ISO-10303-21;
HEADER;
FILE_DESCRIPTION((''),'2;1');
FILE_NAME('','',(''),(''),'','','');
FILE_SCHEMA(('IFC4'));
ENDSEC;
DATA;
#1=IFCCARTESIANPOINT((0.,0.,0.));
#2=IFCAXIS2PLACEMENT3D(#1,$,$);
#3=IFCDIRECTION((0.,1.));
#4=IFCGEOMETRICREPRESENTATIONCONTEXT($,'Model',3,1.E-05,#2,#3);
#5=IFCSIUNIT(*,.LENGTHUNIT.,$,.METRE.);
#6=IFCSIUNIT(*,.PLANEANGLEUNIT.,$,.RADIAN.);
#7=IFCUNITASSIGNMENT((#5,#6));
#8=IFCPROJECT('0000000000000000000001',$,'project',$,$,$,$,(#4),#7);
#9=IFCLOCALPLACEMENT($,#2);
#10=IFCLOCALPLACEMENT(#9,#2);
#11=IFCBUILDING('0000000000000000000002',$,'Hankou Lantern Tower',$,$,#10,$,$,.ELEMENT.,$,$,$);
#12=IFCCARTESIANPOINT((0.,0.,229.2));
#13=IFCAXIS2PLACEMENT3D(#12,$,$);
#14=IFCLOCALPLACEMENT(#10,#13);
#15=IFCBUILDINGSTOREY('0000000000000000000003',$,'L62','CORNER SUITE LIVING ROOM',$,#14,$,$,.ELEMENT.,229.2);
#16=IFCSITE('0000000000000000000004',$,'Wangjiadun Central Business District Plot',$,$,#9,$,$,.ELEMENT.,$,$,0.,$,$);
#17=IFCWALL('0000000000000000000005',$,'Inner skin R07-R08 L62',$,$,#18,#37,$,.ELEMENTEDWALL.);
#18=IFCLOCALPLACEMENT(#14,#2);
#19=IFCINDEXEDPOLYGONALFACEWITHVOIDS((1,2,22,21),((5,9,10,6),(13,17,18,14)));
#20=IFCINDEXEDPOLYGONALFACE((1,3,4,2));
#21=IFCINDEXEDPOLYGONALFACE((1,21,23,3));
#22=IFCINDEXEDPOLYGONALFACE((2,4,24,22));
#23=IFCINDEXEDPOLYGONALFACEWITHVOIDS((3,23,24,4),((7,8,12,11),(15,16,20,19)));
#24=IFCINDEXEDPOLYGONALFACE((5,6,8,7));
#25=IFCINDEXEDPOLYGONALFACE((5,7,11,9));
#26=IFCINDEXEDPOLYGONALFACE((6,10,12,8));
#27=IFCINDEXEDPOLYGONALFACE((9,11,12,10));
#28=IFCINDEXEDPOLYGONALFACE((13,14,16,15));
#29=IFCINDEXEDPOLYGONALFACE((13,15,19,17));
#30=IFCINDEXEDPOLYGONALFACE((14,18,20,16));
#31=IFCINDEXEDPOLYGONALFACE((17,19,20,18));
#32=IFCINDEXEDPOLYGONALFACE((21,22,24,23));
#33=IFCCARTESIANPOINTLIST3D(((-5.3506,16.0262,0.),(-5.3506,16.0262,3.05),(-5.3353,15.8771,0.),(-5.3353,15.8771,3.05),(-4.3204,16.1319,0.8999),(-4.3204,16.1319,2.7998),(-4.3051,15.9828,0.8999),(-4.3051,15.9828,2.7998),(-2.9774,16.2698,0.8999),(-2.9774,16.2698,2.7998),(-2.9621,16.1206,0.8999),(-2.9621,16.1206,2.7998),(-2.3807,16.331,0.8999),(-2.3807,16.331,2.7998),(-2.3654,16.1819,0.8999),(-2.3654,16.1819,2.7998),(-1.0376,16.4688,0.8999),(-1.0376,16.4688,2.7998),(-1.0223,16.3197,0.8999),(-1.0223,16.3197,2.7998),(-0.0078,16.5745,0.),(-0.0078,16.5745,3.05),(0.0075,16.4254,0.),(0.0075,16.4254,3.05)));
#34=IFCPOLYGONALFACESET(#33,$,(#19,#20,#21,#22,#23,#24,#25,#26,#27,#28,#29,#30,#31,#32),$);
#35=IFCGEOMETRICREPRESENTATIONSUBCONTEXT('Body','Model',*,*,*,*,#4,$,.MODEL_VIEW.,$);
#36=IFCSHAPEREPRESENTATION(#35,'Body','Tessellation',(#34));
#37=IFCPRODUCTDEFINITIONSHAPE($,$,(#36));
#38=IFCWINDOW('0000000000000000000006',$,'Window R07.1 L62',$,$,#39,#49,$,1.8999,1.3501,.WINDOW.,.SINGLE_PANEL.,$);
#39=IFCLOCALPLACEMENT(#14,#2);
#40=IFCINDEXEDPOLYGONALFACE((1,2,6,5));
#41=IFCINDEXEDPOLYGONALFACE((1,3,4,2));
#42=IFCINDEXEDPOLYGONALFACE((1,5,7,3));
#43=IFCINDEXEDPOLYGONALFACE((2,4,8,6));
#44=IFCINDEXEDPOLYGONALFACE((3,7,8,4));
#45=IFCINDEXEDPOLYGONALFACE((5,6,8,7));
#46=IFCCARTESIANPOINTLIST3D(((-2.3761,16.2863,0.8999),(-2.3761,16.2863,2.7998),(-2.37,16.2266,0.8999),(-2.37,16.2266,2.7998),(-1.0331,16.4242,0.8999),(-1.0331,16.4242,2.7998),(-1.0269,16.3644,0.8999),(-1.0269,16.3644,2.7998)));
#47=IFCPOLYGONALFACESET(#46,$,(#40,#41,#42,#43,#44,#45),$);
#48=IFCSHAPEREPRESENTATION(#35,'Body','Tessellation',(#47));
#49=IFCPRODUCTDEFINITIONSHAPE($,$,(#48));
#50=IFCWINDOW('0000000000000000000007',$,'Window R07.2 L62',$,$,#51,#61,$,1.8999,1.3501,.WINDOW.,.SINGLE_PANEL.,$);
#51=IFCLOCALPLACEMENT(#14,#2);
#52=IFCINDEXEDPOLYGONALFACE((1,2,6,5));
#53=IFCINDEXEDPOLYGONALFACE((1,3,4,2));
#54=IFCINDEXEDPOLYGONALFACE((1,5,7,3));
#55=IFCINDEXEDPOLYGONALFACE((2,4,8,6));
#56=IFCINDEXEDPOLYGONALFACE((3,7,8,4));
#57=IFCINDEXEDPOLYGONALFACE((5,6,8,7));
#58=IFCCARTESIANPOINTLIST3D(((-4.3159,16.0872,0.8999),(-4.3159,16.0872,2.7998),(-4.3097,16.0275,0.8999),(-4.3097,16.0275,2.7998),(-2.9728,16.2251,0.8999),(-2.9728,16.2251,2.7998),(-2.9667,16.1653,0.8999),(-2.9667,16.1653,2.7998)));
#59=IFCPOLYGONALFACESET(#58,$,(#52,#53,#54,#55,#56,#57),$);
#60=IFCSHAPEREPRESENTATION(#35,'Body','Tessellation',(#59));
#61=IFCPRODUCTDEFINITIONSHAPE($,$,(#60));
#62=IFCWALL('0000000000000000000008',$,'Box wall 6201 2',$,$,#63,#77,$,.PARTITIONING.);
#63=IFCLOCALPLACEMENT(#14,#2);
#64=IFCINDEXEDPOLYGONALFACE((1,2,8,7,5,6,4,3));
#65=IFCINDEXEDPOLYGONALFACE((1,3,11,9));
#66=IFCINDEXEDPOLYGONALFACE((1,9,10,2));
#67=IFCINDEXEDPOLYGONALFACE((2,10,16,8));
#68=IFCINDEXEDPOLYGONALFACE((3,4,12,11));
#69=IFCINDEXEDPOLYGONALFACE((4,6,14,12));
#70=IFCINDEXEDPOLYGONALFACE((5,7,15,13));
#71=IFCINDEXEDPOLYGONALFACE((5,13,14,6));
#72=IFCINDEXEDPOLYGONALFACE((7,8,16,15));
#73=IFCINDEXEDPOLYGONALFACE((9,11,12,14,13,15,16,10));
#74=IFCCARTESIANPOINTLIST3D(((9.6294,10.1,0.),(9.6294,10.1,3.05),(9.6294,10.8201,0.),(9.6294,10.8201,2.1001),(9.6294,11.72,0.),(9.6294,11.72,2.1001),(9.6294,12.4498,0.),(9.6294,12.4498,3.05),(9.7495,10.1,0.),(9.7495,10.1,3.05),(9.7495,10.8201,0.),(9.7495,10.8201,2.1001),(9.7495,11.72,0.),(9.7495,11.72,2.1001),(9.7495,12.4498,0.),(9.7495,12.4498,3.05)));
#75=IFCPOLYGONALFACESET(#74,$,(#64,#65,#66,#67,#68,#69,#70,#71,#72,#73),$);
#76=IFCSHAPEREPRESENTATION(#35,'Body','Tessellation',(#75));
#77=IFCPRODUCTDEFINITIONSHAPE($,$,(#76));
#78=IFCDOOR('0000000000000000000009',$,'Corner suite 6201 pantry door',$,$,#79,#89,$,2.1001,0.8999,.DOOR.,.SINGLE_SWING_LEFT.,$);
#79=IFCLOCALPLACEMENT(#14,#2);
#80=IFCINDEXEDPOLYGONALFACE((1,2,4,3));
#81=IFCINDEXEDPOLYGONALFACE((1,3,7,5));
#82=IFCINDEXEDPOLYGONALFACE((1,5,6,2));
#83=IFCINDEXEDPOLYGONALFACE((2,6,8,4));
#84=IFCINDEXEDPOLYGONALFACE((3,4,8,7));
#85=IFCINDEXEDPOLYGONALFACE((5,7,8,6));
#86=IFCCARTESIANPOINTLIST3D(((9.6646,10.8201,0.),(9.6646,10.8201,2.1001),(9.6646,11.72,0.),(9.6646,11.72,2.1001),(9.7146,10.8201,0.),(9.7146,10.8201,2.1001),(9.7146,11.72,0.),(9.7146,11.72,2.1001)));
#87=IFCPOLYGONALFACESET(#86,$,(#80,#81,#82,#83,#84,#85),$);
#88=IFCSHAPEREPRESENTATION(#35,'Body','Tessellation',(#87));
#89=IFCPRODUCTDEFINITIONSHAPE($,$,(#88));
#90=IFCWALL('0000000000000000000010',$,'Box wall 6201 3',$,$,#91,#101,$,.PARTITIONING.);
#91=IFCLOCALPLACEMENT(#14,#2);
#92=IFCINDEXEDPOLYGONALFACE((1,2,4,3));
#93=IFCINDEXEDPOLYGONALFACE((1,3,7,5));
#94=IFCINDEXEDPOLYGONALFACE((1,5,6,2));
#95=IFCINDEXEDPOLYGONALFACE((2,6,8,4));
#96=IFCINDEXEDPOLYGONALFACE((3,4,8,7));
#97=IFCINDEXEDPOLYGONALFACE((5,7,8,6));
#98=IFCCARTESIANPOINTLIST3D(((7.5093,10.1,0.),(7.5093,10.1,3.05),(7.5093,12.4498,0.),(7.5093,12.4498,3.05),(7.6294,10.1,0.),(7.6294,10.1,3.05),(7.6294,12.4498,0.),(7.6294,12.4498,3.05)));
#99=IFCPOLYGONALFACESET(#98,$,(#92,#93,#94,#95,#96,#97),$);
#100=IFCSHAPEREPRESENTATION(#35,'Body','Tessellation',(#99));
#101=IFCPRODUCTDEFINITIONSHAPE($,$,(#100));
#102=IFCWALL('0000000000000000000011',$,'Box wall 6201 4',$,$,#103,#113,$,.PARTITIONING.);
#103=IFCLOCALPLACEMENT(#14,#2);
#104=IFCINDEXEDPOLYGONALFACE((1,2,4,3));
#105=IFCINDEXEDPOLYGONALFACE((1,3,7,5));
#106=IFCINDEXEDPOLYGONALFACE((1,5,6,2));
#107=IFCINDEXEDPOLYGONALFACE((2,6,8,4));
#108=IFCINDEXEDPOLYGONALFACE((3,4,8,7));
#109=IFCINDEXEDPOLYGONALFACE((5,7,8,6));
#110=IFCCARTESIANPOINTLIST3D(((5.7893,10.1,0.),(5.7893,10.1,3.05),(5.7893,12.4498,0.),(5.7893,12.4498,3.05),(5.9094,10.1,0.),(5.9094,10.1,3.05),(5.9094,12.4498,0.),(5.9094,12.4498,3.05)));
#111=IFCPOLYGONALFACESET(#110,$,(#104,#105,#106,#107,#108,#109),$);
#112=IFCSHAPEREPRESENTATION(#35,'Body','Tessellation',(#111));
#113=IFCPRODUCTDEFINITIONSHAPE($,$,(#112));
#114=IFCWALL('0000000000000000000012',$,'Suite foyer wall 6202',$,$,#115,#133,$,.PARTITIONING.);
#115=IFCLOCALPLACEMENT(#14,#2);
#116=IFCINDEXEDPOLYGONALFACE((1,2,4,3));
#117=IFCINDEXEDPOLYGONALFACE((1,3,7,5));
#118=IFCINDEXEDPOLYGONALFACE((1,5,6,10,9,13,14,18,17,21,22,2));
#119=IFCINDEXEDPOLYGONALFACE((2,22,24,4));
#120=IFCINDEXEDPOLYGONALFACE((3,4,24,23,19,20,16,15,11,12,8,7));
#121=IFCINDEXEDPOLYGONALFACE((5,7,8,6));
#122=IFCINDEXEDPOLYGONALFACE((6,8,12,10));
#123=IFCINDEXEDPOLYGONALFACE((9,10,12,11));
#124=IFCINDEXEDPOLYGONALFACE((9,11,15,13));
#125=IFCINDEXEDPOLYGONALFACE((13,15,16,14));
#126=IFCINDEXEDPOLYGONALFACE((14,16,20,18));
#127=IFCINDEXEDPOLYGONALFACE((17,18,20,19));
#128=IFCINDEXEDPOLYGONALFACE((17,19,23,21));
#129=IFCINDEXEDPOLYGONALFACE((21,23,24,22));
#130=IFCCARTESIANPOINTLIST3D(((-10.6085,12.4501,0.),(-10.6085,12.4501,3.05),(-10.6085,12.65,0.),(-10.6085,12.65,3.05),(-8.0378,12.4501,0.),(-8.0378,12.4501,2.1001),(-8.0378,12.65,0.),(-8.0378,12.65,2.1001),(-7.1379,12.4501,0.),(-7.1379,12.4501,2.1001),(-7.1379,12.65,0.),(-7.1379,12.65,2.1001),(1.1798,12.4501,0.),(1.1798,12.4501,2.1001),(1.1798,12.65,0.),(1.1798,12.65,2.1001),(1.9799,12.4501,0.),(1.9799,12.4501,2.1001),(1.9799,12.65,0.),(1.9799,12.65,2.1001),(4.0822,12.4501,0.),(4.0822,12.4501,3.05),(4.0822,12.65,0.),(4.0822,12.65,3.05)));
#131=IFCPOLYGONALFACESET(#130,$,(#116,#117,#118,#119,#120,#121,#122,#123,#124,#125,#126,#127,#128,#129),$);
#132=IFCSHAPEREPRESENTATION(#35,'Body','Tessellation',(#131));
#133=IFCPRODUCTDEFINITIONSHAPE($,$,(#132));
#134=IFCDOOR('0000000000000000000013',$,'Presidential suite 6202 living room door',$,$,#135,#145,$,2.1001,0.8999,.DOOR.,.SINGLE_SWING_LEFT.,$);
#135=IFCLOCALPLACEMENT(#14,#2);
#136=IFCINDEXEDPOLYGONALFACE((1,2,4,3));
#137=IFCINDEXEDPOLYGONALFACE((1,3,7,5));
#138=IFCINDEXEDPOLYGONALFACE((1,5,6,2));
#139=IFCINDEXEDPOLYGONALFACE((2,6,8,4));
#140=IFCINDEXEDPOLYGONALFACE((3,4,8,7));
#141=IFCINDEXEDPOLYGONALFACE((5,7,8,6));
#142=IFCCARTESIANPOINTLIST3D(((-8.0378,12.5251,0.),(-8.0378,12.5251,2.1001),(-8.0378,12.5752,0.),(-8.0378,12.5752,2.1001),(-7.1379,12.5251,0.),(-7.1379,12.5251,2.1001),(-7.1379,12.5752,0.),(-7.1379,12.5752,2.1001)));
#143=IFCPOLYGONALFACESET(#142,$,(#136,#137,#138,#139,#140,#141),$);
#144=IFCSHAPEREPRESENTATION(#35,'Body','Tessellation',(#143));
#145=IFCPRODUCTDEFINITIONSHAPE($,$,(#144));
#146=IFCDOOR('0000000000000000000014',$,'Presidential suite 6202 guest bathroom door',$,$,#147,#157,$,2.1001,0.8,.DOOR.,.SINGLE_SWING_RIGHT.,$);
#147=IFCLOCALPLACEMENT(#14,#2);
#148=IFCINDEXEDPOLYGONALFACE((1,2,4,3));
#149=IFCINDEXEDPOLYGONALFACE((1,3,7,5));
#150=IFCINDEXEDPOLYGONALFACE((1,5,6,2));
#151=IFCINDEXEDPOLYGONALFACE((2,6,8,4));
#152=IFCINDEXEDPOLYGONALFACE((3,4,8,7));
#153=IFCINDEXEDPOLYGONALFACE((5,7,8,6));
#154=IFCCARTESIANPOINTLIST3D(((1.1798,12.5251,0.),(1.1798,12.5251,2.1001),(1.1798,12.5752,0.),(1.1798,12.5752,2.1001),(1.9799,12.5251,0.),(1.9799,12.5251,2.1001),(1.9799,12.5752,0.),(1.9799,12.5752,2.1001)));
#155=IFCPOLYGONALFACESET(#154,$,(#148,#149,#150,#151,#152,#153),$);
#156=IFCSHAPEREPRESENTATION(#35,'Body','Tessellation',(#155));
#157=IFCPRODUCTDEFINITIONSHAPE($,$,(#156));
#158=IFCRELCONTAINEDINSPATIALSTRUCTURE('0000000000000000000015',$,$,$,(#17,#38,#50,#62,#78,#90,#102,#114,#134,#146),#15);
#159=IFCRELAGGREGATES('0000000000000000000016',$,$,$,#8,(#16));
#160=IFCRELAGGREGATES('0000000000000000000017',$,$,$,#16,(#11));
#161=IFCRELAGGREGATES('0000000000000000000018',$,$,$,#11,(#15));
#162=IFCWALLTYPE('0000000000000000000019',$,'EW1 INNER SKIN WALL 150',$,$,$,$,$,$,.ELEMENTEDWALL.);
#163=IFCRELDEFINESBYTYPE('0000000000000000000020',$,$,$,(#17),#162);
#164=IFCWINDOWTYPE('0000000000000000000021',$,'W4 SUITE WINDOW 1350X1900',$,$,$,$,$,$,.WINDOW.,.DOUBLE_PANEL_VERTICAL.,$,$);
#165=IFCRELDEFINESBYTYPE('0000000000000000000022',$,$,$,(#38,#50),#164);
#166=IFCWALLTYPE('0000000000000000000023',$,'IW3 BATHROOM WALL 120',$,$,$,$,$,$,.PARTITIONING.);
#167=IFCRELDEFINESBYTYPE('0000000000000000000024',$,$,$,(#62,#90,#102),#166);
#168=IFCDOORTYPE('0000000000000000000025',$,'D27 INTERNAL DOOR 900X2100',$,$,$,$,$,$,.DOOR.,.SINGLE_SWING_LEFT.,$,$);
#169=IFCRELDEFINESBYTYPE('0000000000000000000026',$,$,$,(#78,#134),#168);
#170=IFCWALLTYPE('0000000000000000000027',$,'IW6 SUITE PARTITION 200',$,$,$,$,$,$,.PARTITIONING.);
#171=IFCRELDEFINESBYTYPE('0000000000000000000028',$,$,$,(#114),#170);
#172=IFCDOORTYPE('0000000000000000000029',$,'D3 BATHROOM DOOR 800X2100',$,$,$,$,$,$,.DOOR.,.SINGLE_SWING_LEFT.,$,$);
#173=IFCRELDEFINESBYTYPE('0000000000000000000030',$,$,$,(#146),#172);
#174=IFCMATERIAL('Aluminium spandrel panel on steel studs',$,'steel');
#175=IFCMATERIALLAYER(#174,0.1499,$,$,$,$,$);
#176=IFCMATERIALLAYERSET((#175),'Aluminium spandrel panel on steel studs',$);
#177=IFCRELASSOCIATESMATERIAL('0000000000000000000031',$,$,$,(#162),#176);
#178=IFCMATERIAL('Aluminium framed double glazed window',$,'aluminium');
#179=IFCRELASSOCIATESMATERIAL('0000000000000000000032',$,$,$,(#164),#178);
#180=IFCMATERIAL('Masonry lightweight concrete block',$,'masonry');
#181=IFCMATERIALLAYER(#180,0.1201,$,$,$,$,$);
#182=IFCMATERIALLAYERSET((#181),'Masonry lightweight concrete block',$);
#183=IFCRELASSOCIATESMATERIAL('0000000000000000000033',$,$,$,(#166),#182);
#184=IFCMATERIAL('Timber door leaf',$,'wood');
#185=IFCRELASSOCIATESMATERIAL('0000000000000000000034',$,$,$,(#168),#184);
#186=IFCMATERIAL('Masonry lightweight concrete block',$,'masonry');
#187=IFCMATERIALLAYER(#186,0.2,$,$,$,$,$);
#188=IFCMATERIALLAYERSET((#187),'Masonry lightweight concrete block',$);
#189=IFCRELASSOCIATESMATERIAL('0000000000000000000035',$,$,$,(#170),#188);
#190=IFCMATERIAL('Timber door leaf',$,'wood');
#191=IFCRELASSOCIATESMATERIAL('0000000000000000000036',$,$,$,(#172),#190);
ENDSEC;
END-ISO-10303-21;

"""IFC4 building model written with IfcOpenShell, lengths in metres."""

from ifc_helpers import new_model, si_unit, direction, frame, frame_2d, origin, place, context, subcontext, project, spatial, rectangle, extrude, material, layer, layer_set, type_object, element, fill, save


model = new_model("IFC4")

# Units and contexts
model_context = context("Model", 3, precision=1e-05, world=origin(), true_north=direction((0.0, 1.0)))
body_context = subcontext(model_context, "Body", "Model", "MODEL_VIEW")
ifc_project = project(units=[si_unit("LENGTHUNIT", "METRE"), si_unit("PLANEANGLEUNIT", "RADIAN")], contexts=[model_context])

# Site, building, storey
site_placement = place(None, origin())
site = spatial("IfcSite", under=ifc_project, at=site_placement, Name="Wangjiadun Central Business District Plot", CompositionType="ELEMENT", RefElevation=0.0)
building_placement = place(site_placement, origin())
building = spatial("IfcBuilding", under=site, at=building_placement, Name="Hankou Lantern Tower", CompositionType="ELEMENT")
storey_placement = place(building_placement, frame((0.0, 0.0, 229.2)))
storey = spatial("IfcBuildingStorey", under=building, at=storey_placement, Name="L62", Description="CORNER SUITE LIVING ROOM", CompositionType="ELEMENT", Elevation=229.2)

# Wall, openings, windows
ifc_material_1 = material(Name="Aluminium spandrel panel on steel studs", Category="steel")
ifc_layer_1 = layer(ifc_material_1, 0.1499)
ifc_layer_set_1 = layer_set([ifc_layer_1], Name="Aluminium spandrel panel on steel studs")
wall_type_1 = type_object("IfcWallType", Name="EW1 INNER SKIN WALL 150", PredefinedType="ELEMENTEDWALL", material=ifc_layer_set_1)
ifc_material_2 = material(Name="Aluminium framed double glazed window", Category="aluminium")
window_type = type_object("IfcWindowType", Name="W4 SUITE WINDOW 1350X1900", PartitioningType="DOUBLE_PANEL_VERTICAL", PredefinedType="WINDOW", material=ifc_material_2)
wall_1_placement = place(storey_placement, frame((0.0, 16.5, 0.0), z_axis=(0.0, 0.0, 1.0), x_axis=(-0.994775, -0.102096, 0.0)))
wall_1 = element("IfcWall", 1, at=wall_1_placement, inside=storey, type_object=wall_type_1, Name="Inner skin R07-R08 L62", PredefinedType="ELEMENTEDWALL", context=body_context, shape_type="SweptSolid", body=[
    extrude(rectangle(XDim=5.3708, YDim=0.1499, at=frame_2d((2.6855, 0.0))), origin(), (0.0, 0.0, 1.0), 3.05),
])
opening_1_placement = place(wall_1_placement, frame((1.0354, 0.0, 0.8999)))
opening_1 = element("IfcOpeningElement", 2, at=opening_1_placement, cuts=wall_1, PredefinedType="OPENING", context=body_context, shape_type="SweptSolid", body=[
    extrude(rectangle(XDim=1.3501, YDim=1.8999, at=frame_2d((0.675, 0.95))), frame((0.0, 0.085, 0.0), z_axis=(0.0, -1.0, 0.0), x_axis=(1.0, 0.0, 0.0)), (0.0, 0.0, 1.0), 0.1699),
])
opening_2_placement = place(wall_1_placement, frame((2.9854, 0.0, 0.8999)))
opening_2 = element("IfcOpeningElement", 3, at=opening_2_placement, cuts=wall_1, PredefinedType="OPENING", context=body_context, shape_type="SweptSolid", body=[
    extrude(rectangle(XDim=1.3501, YDim=1.8999, at=frame_2d((0.675, 0.95))), frame((0.0, 0.085, 0.0), z_axis=(0.0, -1.0, 0.0), x_axis=(1.0, 0.0, 0.0)), (0.0, 0.0, 1.0), 0.1699),
])
window_1_placement = place(opening_1_placement, origin())
window_1 = element("IfcWindow", 4, at=window_1_placement, inside=storey, type_object=window_type, Name="Window R07.1 L62", OverallHeight=1.8999, OverallWidth=1.3501, PartitioningType="SINGLE_PANEL", PredefinedType="WINDOW", context=body_context, shape_type="SweptSolid", body=[
    extrude(rectangle(XDim=1.3501, YDim=1.8999, at=frame_2d((0.675, 0.95))), frame((0.0, 0.03, 0.0), z_axis=(0.0, -1.0, 0.0), x_axis=(1.0, 0.0, 0.0)), (0.0, 0.0, 1.0), 0.0601),
])
fill(opening_1, window_1)
window_2_placement = place(opening_2_placement, origin())
window_2 = element("IfcWindow", 5, at=window_2_placement, inside=storey, type_object=window_type, Name="Window R07.2 L62", OverallHeight=1.8999, OverallWidth=1.3501, PartitioningType="SINGLE_PANEL", PredefinedType="WINDOW", context=body_context, shape_type="SweptSolid", body=[
    extrude(rectangle(XDim=1.3501, YDim=1.8999, at=frame_2d((0.675, 0.95))), frame((0.0, 0.03, 0.0), z_axis=(0.0, -1.0, 0.0), x_axis=(1.0, 0.0, 0.0)), (0.0, 0.0, 1.0), 0.0601),
])
fill(opening_2, window_2)

# Wall, opening, door
ifc_material_3 = material(Name="Masonry lightweight concrete block", Category="masonry")
ifc_layer_2 = layer(ifc_material_3, 0.1201)
ifc_layer_set_2 = layer_set([ifc_layer_2], Name="Masonry lightweight concrete block")
wall_type_2 = type_object("IfcWallType", Name="IW3 BATHROOM WALL 120", PredefinedType="PARTITIONING", material=ifc_layer_set_2)
wall_2_placement = place(storey_placement, frame((9.6895, 10.1001, 0.0), z_axis=(0.0, 0.0, 1.0), x_axis=(0.0, 1.0, 0.0)))
wall_2 = element("IfcWall", 6, at=wall_2_placement, inside=storey, type_object=wall_type_2, Name="Box wall 6201 2", PredefinedType="PARTITIONING", context=body_context, shape_type="SweptSolid", body=[
    extrude(rectangle(XDim=2.3499, YDim=0.1201, at=frame_2d((1.1748, 0.0))), origin(), (0.0, 0.0, 1.0), 3.05),
])
opening_3_placement = place(wall_2_placement, frame((0.72, 0.0, 0.0)))
opening_3 = element("IfcOpeningElement", 7, at=opening_3_placement, cuts=wall_2, PredefinedType="OPENING", context=body_context, shape_type="SweptSolid", body=[
    extrude(rectangle(XDim=0.8999, YDim=2.1001, at=frame_2d((0.45, 1.05))), frame((0.0, 0.0701, 0.0), z_axis=(0.0, -1.0, 0.0), x_axis=(1.0, 0.0, 0.0)), (0.0, 0.0, 1.0), 0.1401),
])
ifc_material_4 = material(Name="Timber door leaf", Category="wood")
door_type_1 = type_object("IfcDoorType", Name="D27 INTERNAL DOOR 900X2100", OperationType="SINGLE_SWING_LEFT", PredefinedType="DOOR", material=ifc_material_4)
door_1_placement = place(opening_3_placement, origin())
door_1 = element("IfcDoor", 8, at=door_1_placement, inside=storey, type_object=door_type_1, Name="Corner suite 6201 pantry door", OperationType="SINGLE_SWING_LEFT", OverallHeight=2.1001, OverallWidth=0.8999, PredefinedType="DOOR", context=body_context, shape_type="SweptSolid", body=[
    extrude(rectangle(XDim=0.8999, YDim=2.1001, at=frame_2d((0.45, 1.05))), frame((0.0, 0.0249, 0.0), z_axis=(0.0, -1.0, 0.0), x_axis=(1.0, 0.0, 0.0)), (0.0, 0.0, 1.0), 0.05),
])
fill(opening_3, door_1)

# Walls
for number, where, z_axis, x_axis, name in (
    (9, (7.5693, 10.1001, 0.0), (0.0, 0.0, 1.0), (0.0, 1.0, 0.0), "Box wall 6201 3"),
    (10, (5.8494, 10.1001, 0.0), (0.0, 0.0, 1.0), (0.0, 1.0, 0.0), "Box wall 6201 4"),
):
    element("IfcWall", number, at=place(storey_placement, frame(where, z_axis=z_axis, x_axis=x_axis)), inside=storey, type_object=wall_type_2, Name=name, PredefinedType="PARTITIONING", context=body_context, shape_type="SweptSolid", body=[
        extrude(rectangle(XDim=2.3499, YDim=0.1201, at=frame_2d((1.1748, 0.0))), origin(), (0.0, 0.0, 1.0), 3.05),
    ])

# Wall, openings, doors
ifc_material_5 = material(Name="Masonry lightweight concrete block", Category="masonry")
ifc_layer_3 = layer(ifc_material_5, 0.2)
ifc_layer_set_3 = layer_set([ifc_layer_3], Name="Masonry lightweight concrete block")
wall_type_3 = type_object("IfcWallType", Name="IW6 SUITE PARTITION 200", PredefinedType="PARTITIONING", material=ifc_layer_set_3)
wall_3_placement = place(storey_placement, frame((4.082, 12.55, 0.0), z_axis=(0.0, 0.0, 1.0), x_axis=(-1.0, 0.0, 0.0)))
wall_3 = element("IfcWall", 11, at=wall_3_placement, inside=storey, type_object=wall_type_3, Name="Suite foyer wall 6202", PredefinedType="PARTITIONING", context=body_context, shape_type="SweptSolid", body=[
    extrude(rectangle(XDim=14.6907, YDim=0.2, at=frame_2d((7.3452, 0.0))), origin(), (0.0, 0.0, 1.0), 3.05),
])
opening_4_placement = place(wall_3_placement, frame((2.1023, 0.0, 0.0)))
opening_4 = element("IfcOpeningElement", 12, at=opening_4_placement, cuts=wall_3, PredefinedType="OPENING", context=body_context, shape_type="SweptSolid", body=[
    extrude(rectangle(XDim=0.8, YDim=2.1001, at=frame_2d((0.3999, 1.05))), frame((0.0, 0.1099, 0.0), z_axis=(0.0, -1.0, 0.0), x_axis=(1.0, 0.0, 0.0)), (0.0, 0.0, 1.0), 0.22),
])
opening_5_placement = place(wall_3_placement, frame((11.22, 0.0, 0.0)))
opening_5 = element("IfcOpeningElement", 13, at=opening_5_placement, cuts=wall_3, PredefinedType="OPENING", context=body_context, shape_type="SweptSolid", body=[
    extrude(rectangle(XDim=0.8999, YDim=2.1001, at=frame_2d((0.45, 1.05))), frame((0.0, 0.1099, 0.0), z_axis=(0.0, -1.0, 0.0), x_axis=(1.0, 0.0, 0.0)), (0.0, 0.0, 1.0), 0.22),
])
door_2_placement = place(opening_5_placement, origin())
door_2 = element("IfcDoor", 14, at=door_2_placement, inside=storey, type_object=door_type_1, Name="Presidential suite 6202 living room door", OperationType="SINGLE_SWING_LEFT", OverallHeight=2.1001, OverallWidth=0.8999, PredefinedType="DOOR", context=body_context, shape_type="SweptSolid", body=[
    extrude(rectangle(XDim=0.8999, YDim=2.1001, at=frame_2d((0.45, 1.05))), frame((0.0, 0.0249, 0.0), z_axis=(0.0, -1.0, 0.0), x_axis=(1.0, 0.0, 0.0)), (0.0, 0.0, 1.0), 0.05),
])
fill(opening_5, door_2)
ifc_material_6 = material(Name="Timber door leaf", Category="wood")
door_type_2 = type_object("IfcDoorType", Name="D3 BATHROOM DOOR 800X2100", OperationType="SINGLE_SWING_LEFT", PredefinedType="DOOR", material=ifc_material_6)
door_3_placement = place(opening_4_placement, origin())
door_3 = element("IfcDoor", 15, at=door_3_placement, inside=storey, type_object=door_type_2, Name="Presidential suite 6202 guest bathroom door", OperationType="SINGLE_SWING_RIGHT", OverallHeight=2.1001, OverallWidth=0.8, PredefinedType="DOOR", context=body_context, shape_type="SweptSolid", body=[
    extrude(rectangle(XDim=0.8, YDim=2.1001, at=frame_2d((0.3999, 1.05))), frame((0.0, 0.0249, 0.0), z_axis=(0.0, -1.0, 0.0), x_axis=(1.0, 0.0, 0.0)), (0.0, 0.0, 1.0), 0.05),
])
fill(opening_4, door_3)

save(model, "model.ifc")
